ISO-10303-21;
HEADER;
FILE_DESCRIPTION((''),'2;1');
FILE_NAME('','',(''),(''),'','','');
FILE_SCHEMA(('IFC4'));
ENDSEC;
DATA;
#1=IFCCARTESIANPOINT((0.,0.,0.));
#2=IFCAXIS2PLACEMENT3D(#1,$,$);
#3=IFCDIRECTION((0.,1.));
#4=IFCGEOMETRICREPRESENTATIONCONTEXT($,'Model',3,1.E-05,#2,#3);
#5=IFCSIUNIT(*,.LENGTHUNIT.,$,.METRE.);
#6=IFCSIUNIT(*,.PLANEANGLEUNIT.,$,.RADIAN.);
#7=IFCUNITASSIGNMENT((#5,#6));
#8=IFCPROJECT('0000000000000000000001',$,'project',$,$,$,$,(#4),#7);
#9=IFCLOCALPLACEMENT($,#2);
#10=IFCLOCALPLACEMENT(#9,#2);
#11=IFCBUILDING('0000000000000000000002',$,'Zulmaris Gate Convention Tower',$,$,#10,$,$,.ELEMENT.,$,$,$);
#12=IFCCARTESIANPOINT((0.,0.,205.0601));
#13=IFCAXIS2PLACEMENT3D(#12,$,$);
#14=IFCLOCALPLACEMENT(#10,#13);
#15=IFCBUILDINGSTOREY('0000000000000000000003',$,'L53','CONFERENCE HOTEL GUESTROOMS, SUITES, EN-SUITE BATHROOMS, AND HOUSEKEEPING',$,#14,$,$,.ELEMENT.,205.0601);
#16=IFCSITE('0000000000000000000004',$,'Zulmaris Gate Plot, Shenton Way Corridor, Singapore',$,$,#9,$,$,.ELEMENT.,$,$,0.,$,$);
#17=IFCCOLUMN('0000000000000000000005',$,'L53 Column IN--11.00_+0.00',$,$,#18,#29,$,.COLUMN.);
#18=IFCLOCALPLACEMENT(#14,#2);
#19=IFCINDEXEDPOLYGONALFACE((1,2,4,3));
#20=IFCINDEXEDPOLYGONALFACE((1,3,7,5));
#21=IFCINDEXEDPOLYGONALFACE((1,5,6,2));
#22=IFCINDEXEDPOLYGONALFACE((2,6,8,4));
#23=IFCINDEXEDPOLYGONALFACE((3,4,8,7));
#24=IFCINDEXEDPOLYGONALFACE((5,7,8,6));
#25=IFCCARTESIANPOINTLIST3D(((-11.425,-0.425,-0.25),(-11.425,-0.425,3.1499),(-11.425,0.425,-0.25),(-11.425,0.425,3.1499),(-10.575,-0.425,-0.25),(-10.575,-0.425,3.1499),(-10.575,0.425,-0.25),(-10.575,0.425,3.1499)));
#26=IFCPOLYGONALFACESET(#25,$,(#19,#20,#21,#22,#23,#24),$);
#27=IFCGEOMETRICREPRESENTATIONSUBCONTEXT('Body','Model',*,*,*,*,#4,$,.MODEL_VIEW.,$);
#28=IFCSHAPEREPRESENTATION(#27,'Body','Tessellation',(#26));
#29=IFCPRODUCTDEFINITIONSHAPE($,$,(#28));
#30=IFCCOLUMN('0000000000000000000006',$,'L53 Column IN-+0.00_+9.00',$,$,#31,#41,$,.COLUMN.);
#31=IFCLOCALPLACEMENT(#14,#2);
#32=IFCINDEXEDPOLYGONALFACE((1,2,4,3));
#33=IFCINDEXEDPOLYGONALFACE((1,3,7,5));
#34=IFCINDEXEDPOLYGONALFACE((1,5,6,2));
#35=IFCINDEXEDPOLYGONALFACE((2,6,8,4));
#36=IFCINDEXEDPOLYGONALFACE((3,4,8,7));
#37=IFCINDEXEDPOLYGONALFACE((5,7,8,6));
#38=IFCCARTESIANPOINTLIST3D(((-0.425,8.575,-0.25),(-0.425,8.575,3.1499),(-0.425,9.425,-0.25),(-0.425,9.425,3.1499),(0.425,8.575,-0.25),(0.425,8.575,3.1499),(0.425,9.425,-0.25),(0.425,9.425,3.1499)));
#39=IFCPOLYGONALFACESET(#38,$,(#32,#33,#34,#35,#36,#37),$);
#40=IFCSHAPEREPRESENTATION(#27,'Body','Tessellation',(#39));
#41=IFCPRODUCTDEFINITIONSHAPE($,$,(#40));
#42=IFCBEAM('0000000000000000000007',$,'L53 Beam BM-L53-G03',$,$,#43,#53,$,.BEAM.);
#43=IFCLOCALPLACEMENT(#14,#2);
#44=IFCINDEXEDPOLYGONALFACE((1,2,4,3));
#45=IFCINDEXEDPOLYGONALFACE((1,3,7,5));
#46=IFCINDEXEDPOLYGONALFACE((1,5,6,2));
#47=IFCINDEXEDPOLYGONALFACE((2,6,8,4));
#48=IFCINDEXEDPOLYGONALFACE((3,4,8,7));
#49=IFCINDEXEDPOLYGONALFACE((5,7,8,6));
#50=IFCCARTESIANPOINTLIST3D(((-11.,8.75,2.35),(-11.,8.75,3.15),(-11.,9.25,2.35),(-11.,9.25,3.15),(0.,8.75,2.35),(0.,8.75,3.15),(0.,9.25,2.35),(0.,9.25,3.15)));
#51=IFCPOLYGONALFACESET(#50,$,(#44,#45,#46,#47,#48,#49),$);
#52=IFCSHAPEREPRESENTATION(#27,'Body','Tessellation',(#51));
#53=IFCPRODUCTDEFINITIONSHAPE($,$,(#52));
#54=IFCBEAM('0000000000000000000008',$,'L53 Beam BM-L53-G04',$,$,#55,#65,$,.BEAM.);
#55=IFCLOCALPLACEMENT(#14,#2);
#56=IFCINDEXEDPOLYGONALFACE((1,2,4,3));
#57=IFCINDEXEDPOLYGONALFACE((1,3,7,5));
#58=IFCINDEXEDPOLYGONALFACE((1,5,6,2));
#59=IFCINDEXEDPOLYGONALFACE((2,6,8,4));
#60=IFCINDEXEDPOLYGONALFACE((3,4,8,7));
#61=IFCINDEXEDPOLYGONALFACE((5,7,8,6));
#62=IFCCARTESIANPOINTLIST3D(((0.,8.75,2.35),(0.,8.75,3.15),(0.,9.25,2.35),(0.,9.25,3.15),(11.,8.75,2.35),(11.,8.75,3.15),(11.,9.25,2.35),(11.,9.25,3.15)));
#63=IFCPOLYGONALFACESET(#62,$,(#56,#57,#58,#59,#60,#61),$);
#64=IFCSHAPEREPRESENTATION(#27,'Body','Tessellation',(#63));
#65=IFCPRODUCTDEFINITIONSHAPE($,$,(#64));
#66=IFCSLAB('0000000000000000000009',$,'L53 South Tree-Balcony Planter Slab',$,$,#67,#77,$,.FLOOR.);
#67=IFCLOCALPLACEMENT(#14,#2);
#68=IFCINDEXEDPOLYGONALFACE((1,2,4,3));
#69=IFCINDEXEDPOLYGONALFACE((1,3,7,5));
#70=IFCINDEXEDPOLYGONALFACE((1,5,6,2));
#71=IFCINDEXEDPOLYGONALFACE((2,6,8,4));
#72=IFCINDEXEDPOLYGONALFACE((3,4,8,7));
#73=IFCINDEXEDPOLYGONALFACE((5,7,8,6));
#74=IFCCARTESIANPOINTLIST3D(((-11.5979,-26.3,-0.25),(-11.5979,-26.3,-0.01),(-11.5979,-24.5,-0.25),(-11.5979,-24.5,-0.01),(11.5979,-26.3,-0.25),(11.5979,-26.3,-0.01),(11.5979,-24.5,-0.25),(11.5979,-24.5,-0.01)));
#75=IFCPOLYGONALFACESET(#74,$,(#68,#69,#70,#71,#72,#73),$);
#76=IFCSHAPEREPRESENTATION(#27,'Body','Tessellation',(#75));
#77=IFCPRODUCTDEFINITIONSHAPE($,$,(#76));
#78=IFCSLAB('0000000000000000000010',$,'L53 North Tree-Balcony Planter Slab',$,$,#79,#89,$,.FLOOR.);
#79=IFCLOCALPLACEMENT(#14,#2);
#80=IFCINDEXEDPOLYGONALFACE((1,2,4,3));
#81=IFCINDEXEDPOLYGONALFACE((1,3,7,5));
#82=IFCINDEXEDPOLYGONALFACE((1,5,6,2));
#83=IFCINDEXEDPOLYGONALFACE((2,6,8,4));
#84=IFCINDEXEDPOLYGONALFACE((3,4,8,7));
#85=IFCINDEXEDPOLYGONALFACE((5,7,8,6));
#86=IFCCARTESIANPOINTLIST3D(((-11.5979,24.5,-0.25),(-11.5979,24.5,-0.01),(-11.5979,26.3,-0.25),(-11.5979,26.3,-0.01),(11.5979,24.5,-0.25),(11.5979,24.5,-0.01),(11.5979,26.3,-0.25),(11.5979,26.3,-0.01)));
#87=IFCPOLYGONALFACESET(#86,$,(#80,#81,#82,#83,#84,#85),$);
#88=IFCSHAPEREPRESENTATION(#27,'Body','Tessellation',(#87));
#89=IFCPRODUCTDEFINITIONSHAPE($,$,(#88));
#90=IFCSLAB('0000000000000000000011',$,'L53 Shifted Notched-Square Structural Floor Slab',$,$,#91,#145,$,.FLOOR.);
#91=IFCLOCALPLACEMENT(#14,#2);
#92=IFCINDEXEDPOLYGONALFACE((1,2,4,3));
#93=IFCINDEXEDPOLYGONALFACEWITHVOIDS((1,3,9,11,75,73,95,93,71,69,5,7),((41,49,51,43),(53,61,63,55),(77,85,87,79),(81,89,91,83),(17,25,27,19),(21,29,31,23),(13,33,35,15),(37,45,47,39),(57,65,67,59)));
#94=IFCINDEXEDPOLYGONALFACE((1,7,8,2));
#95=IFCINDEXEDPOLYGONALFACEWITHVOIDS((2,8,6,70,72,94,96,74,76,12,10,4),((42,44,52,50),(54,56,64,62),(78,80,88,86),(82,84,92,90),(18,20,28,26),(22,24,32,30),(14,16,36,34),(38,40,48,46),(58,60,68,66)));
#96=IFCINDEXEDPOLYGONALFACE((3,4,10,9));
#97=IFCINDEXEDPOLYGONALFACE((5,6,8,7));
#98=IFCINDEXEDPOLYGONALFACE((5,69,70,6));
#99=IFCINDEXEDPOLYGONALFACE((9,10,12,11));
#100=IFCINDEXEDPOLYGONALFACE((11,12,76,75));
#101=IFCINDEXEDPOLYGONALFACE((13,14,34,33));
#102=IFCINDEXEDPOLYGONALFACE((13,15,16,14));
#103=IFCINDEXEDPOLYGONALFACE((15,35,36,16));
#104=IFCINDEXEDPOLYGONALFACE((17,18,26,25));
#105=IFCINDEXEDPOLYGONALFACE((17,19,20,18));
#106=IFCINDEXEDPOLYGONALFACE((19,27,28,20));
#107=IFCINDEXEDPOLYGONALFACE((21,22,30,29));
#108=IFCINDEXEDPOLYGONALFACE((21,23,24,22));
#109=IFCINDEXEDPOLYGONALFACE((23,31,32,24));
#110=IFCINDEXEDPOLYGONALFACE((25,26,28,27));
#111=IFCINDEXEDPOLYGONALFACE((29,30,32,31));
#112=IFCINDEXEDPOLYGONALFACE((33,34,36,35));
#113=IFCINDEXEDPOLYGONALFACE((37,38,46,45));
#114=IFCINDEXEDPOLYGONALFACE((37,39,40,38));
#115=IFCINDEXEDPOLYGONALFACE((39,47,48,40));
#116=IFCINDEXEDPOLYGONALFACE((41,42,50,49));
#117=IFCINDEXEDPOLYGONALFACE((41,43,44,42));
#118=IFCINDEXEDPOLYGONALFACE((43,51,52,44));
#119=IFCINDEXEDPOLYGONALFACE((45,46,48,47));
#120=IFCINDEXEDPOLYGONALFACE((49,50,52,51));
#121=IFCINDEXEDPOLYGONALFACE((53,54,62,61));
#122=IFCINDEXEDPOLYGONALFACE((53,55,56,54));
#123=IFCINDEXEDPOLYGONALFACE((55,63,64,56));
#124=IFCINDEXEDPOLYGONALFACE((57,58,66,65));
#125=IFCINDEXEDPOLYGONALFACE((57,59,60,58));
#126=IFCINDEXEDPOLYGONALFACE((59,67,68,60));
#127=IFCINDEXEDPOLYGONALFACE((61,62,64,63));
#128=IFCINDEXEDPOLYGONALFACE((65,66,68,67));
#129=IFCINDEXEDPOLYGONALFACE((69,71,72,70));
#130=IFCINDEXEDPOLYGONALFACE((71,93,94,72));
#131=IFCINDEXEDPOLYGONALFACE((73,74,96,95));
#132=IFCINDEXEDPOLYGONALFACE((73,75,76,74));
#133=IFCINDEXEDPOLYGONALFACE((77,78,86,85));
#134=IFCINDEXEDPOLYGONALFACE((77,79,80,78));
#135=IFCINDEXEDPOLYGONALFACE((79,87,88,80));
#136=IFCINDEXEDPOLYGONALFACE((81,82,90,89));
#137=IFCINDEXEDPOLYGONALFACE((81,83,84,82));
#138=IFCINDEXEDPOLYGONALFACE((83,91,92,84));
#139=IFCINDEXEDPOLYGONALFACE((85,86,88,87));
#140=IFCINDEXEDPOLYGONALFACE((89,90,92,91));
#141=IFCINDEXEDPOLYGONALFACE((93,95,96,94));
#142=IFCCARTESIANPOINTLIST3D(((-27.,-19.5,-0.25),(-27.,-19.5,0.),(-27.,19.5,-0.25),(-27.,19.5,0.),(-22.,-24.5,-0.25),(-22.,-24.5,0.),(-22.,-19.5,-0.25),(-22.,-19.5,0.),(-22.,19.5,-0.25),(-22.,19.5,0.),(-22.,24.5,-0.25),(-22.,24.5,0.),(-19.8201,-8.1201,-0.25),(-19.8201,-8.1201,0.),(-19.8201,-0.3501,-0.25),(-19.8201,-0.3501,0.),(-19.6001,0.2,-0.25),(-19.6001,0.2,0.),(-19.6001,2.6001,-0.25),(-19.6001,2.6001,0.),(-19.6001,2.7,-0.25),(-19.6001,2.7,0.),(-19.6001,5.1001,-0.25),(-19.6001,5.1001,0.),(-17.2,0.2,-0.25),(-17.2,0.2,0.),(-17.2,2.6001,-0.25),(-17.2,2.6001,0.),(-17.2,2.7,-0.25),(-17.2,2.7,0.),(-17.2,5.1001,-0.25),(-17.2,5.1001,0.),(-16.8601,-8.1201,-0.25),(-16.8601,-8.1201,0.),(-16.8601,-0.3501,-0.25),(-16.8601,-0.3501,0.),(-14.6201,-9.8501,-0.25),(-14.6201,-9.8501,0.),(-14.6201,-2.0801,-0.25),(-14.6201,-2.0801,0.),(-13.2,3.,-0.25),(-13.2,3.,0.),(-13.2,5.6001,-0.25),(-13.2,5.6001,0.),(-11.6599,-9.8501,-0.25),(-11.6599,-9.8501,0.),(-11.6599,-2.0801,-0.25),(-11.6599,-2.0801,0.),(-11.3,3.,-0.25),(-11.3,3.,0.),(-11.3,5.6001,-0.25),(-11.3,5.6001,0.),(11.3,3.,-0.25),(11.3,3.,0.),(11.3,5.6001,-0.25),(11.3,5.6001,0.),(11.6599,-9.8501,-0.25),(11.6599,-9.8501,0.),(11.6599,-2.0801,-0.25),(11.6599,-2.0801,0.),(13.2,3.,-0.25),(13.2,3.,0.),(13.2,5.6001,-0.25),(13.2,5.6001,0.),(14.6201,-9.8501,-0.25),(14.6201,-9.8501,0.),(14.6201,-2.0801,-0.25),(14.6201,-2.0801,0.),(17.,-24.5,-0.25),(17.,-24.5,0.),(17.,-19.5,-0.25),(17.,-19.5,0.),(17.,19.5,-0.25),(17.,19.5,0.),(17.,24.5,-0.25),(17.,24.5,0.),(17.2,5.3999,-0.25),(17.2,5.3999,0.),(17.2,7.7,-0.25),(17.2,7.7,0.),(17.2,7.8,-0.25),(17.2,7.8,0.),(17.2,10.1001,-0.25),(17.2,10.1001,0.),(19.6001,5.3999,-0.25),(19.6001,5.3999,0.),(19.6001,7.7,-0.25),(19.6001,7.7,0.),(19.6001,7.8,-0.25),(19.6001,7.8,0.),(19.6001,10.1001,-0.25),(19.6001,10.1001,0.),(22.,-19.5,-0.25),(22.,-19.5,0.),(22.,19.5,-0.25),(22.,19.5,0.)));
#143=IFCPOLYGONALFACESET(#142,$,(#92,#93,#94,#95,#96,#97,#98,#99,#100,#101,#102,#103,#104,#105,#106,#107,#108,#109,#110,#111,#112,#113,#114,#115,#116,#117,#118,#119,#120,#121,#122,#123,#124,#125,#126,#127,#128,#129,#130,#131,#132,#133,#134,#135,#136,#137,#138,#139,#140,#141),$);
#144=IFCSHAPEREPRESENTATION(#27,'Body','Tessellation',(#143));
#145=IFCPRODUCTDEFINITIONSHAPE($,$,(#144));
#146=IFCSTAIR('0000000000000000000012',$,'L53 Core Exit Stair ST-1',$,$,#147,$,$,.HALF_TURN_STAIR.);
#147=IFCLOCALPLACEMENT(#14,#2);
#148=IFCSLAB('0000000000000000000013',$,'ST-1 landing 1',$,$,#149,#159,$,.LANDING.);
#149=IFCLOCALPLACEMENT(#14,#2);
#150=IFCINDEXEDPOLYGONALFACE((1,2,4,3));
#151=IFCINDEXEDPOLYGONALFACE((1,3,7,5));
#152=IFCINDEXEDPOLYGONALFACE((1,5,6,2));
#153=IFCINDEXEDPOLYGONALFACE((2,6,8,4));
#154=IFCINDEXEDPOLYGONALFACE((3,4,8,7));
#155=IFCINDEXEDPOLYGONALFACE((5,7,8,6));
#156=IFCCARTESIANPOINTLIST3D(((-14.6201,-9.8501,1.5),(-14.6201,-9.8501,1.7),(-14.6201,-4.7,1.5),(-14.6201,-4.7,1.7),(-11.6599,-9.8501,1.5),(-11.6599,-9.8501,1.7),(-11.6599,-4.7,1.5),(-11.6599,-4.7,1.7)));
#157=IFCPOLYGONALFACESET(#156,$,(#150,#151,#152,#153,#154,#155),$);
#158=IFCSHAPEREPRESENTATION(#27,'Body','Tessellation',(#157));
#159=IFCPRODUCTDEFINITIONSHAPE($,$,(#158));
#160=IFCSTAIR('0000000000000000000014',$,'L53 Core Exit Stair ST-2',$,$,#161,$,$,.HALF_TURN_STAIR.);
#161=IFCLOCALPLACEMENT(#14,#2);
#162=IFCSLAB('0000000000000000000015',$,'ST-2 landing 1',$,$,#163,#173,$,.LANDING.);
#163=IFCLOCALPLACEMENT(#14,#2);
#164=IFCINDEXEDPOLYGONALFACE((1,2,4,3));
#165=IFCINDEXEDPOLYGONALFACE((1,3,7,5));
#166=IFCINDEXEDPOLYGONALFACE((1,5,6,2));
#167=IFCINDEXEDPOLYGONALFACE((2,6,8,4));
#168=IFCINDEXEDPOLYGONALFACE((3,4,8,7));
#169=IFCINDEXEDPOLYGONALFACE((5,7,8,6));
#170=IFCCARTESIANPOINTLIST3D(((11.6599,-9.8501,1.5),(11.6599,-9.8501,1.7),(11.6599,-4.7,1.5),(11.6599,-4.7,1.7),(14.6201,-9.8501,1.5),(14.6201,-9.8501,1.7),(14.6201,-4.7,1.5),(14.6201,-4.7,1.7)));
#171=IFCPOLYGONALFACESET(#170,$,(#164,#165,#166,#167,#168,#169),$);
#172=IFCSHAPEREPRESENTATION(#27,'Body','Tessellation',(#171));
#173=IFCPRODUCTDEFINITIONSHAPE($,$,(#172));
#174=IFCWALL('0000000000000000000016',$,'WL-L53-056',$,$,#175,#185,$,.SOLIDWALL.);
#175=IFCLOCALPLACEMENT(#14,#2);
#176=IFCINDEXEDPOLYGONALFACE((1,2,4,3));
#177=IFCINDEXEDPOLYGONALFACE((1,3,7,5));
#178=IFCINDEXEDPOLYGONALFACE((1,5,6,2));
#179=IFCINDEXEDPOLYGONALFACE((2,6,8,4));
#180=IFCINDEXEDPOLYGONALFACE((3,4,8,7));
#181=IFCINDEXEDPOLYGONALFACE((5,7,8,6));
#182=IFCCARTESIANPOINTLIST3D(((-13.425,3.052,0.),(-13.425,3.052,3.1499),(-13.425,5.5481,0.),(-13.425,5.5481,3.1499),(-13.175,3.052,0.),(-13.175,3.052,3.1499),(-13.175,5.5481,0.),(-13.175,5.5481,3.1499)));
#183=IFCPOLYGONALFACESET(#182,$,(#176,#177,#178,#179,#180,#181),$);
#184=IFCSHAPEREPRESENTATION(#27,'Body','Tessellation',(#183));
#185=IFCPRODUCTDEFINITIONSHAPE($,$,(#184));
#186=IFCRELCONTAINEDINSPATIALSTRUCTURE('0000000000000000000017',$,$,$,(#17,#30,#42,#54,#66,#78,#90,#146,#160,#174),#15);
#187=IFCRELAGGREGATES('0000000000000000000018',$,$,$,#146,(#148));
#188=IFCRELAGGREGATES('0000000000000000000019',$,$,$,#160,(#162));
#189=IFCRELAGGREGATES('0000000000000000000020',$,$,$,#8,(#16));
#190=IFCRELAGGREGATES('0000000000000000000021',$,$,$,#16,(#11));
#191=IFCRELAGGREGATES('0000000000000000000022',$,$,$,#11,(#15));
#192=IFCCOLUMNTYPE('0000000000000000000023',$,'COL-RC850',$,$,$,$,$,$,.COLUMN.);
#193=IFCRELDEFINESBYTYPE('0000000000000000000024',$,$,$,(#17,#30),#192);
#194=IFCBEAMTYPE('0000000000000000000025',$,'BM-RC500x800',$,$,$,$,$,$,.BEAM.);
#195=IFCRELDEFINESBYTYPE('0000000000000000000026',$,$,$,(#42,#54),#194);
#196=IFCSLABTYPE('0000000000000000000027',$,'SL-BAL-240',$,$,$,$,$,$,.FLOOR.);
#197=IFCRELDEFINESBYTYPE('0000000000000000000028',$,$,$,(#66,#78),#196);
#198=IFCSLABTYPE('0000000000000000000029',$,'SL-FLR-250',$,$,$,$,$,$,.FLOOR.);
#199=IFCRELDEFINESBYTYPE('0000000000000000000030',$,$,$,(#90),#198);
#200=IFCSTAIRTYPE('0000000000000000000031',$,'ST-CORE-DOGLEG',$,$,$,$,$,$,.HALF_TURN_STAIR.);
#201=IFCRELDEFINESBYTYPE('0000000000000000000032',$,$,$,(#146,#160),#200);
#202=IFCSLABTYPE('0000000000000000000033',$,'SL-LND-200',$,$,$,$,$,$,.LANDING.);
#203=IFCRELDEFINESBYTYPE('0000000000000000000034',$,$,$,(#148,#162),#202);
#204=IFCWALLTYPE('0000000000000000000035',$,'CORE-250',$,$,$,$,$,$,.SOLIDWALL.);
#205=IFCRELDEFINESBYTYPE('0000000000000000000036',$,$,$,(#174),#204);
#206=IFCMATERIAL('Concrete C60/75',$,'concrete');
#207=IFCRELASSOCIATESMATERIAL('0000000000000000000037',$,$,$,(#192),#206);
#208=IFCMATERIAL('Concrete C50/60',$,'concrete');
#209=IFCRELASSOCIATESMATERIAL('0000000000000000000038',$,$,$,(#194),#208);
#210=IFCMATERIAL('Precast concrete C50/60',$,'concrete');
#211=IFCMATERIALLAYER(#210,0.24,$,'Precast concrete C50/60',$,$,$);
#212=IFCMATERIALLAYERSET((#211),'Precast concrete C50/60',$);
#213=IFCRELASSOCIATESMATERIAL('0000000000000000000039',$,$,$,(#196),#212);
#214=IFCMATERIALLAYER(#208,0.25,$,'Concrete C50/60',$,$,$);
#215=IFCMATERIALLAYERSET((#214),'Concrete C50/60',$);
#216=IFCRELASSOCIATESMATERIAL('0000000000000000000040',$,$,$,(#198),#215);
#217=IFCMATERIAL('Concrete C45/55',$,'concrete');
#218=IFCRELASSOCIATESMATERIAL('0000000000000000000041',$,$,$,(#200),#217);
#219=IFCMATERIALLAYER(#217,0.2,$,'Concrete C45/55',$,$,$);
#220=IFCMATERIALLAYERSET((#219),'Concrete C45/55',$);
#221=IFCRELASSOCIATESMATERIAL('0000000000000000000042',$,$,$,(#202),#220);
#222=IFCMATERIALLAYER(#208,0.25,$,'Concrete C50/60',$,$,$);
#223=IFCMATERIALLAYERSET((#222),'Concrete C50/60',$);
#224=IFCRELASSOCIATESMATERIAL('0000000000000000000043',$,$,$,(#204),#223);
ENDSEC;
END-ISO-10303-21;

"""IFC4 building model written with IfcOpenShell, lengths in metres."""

from ifc_helpers import new_model, si_unit, direction, frame, frame_2d, origin, origin_2d, place, context, subcontext, project, spatial, polyline, rectangle, outline, extrude, material, layer, layer_set, material_profile, profile_set, type_object, element, aggregate, save


model = new_model("IFC4")

# Units and contexts
model_context = context("Model", 3, precision=1e-05, world=origin(), true_north=direction((0.0, 1.0)))
body_context = subcontext(model_context, "Body", "Model", "MODEL_VIEW")
ifc_project = project(units=[si_unit("LENGTHUNIT", "METRE"), si_unit("PLANEANGLEUNIT", "RADIAN")], contexts=[model_context])

# Site, building, storey
site_placement = place(None, origin())
site = spatial("IfcSite", under=ifc_project, at=site_placement, Name="Zulmaris Gate Plot, Shenton Way Corridor, Singapore", CompositionType="ELEMENT", RefElevation=0.0)
building_placement = place(site_placement, origin())
building = spatial("IfcBuilding", under=site, at=building_placement, Name="Zulmaris Gate Convention Tower", CompositionType="ELEMENT")
storey_placement = place(building_placement, frame((0.0, 0.0, 205.0601)))
storey = spatial("IfcBuildingStorey", under=building, at=storey_placement, Name="L53", Description="CONFERENCE HOTEL GUESTROOMS, SUITES, EN-SUITE BATHROOMS, AND HOUSEKEEPING", CompositionType="ELEMENT", Elevation=205.0601)

# Columns
ifc_material_1 = material(Name="Concrete C60/75", Category="concrete")
ifc_material_profile_1 = material_profile(ifc_material_1, rectangle(XDim=0.8501, YDim=0.8501, at=origin_2d()), Name="RC COL 850x850")
ifc_profile_set_1 = profile_set([ifc_material_profile_1], Name="Concrete C60/75")
column_type = type_object("IfcColumnType", Name="COL-RC850", PredefinedType="COLUMN", material=ifc_profile_set_1)
for number, where, z_axis, x_axis, name in (
    (1, (-11.0, 0.0, -0.25), (0.0, 0.0, 1.0), (1.0, 0.0, 0.0), "L53 Column IN--11.00_+0.00"),
    (2, (0.0, 9.0, -0.25), (0.0, 0.0, 1.0), (1.0, 0.0, 0.0), "L53 Column IN-+0.00_+9.00"),
):
    element("IfcColumn", number, at=place(storey_placement, frame(where, z_axis=z_axis, x_axis=x_axis)), inside=storey, type_object=column_type, Name=name, PredefinedType="COLUMN", context=body_context, shape_type="SweptSolid", body=[
        extrude(rectangle(XDim=0.8501, YDim=0.8501, at=origin_2d()), origin(), (0.0, 0.0, 1.0), 3.3999),
    ])

# Beams
ifc_material_2 = material(Name="Concrete C50/60", Category="concrete")
ifc_material_profile_2 = material_profile(ifc_material_2, rectangle(XDim=0.5, YDim=0.8, at=origin_2d()), Name="RC BEAM 500x800")
ifc_profile_set_2 = profile_set([ifc_material_profile_2], Name="Concrete C50/60")
beam_type = type_object("IfcBeamType", Name="BM-RC500x800", PredefinedType="BEAM", material=ifc_profile_set_2)
for number, where, z_axis, x_axis, name in (
    (3, (-11.0, 9.0, 2.75), (1.0, 0.0, 0.0), (0.0, 1.0, 0.0), "L53 Beam BM-L53-G03"),
    (4, (0.0, 9.0, 2.75), (1.0, 0.0, 0.0), (0.0, 1.0, 0.0), "L53 Beam BM-L53-G04"),
):
    element("IfcBeam", number, at=place(storey_placement, frame(where, z_axis=z_axis, x_axis=x_axis)), inside=storey, type_object=beam_type, Name=name, PredefinedType="BEAM", context=body_context, shape_type="SweptSolid", body=[
        extrude(rectangle(XDim=0.5, YDim=0.8, at=origin_2d()), origin(), (0.0, 0.0, 1.0), 11.0),
    ])

# Slabs
ifc_material_3 = material(Name="Precast concrete C50/60", Category="concrete")
ifc_layer_1 = layer(ifc_material_3, 0.24, Name="Precast concrete C50/60")
ifc_layer_set_1 = layer_set([ifc_layer_1], Name="Precast concrete C50/60")
slab_type_1 = type_object("IfcSlabType", Name="SL-BAL-240", PredefinedType="FLOOR", material=ifc_layer_set_1)
slab_1_placement = place(storey_placement, frame((0.0, 0.0, -0.25)))
element("IfcSlab", 5, at=slab_1_placement, inside=storey, type_object=slab_type_1, Name="L53 South Tree-Balcony Planter Slab", PredefinedType="FLOOR", context=body_context, shape_type="SweptSolid", body=[
    extrude(outline(polyline([(-11.5979, -26.3), (-11.5979, -24.5), (11.5979, -24.5), (11.5979, -26.3), (-11.5979, -26.3)])), origin(), (0.0, 0.0, 1.0), 0.24),
])
slab_2_placement = place(storey_placement, frame((0.0, 0.0, -0.25)))
element("IfcSlab", 6, at=slab_2_placement, inside=storey, type_object=slab_type_1, Name="L53 North Tree-Balcony Planter Slab", PredefinedType="FLOOR", context=body_context, shape_type="SweptSolid", body=[
    extrude(outline(polyline([(11.5979, 26.3), (11.5979, 24.5), (-11.5979, 24.5), (-11.5979, 26.3), (11.5979, 26.3)])), origin(), (0.0, 0.0, 1.0), 0.24),
])
ifc_layer_2 = layer(ifc_material_2, 0.25, Name="Concrete C50/60")
ifc_layer_set_2 = layer_set([ifc_layer_2], Name="Concrete C50/60")
slab_type_2 = type_object("IfcSlabType", Name="SL-FLR-250", PredefinedType="FLOOR", material=ifc_layer_set_2)
slab_3_placement = place(storey_placement, frame((0.0, 0.0, -0.25)))
element("IfcSlab", 7, at=slab_3_placement, inside=storey, type_object=slab_type_2, Name="L53 Shifted Notched-Square Structural Floor Slab", PredefinedType="FLOOR", context=body_context, shape_type="SweptSolid", body=[
    extrude(outline(polyline([(-22.0, -24.5), (17.0, -24.5), (17.0, -19.5), (22.0, -19.5), (22.0, 19.5), (17.0, 19.5), (17.0, 24.5), (-22.0, 24.5), (-22.0, 19.5), (-27.0, 19.5), (-27.0, -19.5), (-22.0, -19.5), (-22.0, -24.5)]), holes=[polyline([(-14.6201, -2.0801), (-14.6201, -9.8501), (-11.6599, -9.8501), (-11.6599, -2.0801), (-14.6201, -2.0801)]), polyline([(11.6599, -2.0801), (11.6599, -9.8501), (14.6201, -9.8501), (14.6201, -2.0801), (11.6599, -2.0801)]), polyline([(-16.8601, -8.1201), (-16.8601, -0.3501), (-19.8201, -0.3501), (-19.8201, -8.1201), (-16.8601, -8.1201)]), polyline([(-13.2, 3.0), (-11.3, 3.0), (-11.3, 5.6001), (-13.2, 5.6001), (-13.2, 3.0)]), polyline([(11.3, 3.0), (13.2, 3.0), (13.2, 5.6001), (11.3, 5.6001), (11.3, 3.0)]), polyline([(17.2, 5.3999), (19.6001, 5.3999), (19.6001, 7.7), (17.2, 7.7), (17.2, 5.3999)]), polyline([(17.2, 7.8), (19.6001, 7.8), (19.6001, 10.1001), (17.2, 10.1001), (17.2, 7.8)]), polyline([(-19.6001, 0.2), (-17.2, 0.2), (-17.2, 2.6001), (-19.6001, 2.6001), (-19.6001, 0.2)]), polyline([(-19.6001, 2.7), (-17.2, 2.7), (-17.2, 5.1001), (-19.6001, 5.1001), (-19.6001, 2.7)])]), origin(), (0.0, 0.0, 1.0), 0.25),
])

# Stairs, slabs
ifc_material_4 = material(Name="Concrete C45/55", Category="concrete")
stair_type = type_object("IfcStairType", Name="ST-CORE-DOGLEG", PredefinedType="HALF_TURN_STAIR", material=ifc_material_4)
stair_1_placement = place(storey_placement, origin())
stair_1 = element("IfcStair", 8, at=stair_1_placement, inside=storey, type_object=stair_type, Name="L53 Core Exit Stair ST-1", PredefinedType="HALF_TURN_STAIR")
ifc_layer_3 = layer(ifc_material_4, 0.2, Name="Concrete C45/55")
ifc_layer_set_3 = layer_set([ifc_layer_3], Name="Concrete C45/55")
slab_type_3 = type_object("IfcSlabType", Name="SL-LND-200", PredefinedType="LANDING", material=ifc_layer_set_3)
slab_4_placement = place(storey_placement, frame((0.0, 0.0, 1.5)))
slab_4 = element("IfcSlab", 9, at=slab_4_placement, type_object=slab_type_3, Name="ST-1 landing 1", PredefinedType="LANDING", context=body_context, shape_type="SweptSolid", body=[
    extrude(outline(polyline([(-14.6201, -4.7), (-14.6201, -9.8501), (-11.6599, -9.8501), (-11.6599, -4.7), (-14.6201, -4.7)])), origin(), (0.0, 0.0, 1.0), 0.2),
])
aggregate(stair_1, [slab_4])
stair_2_placement = place(storey_placement, origin())
stair_2 = element("IfcStair", 10, at=stair_2_placement, inside=storey, type_object=stair_type, Name="L53 Core Exit Stair ST-2", PredefinedType="HALF_TURN_STAIR")
slab_5_placement = place(storey_placement, frame((0.0, 0.0, 1.5)))
slab_5 = element("IfcSlab", 11, at=slab_5_placement, type_object=slab_type_3, Name="ST-2 landing 1", PredefinedType="LANDING", context=body_context, shape_type="SweptSolid", body=[
    extrude(outline(polyline([(11.6599, -4.7), (11.6599, -9.8501), (14.6201, -9.8501), (14.6201, -4.7), (11.6599, -4.7)])), origin(), (0.0, 0.0, 1.0), 0.2),
])
aggregate(stair_2, [slab_5])

# Wall
ifc_layer_4 = layer(ifc_material_2, 0.25, Name="Concrete C50/60")
ifc_layer_set_4 = layer_set([ifc_layer_4], Name="Concrete C50/60")
wall_type_1 = type_object("IfcWallType", Name="CORE-250", PredefinedType="SOLIDWALL", material=ifc_layer_set_4)
wall_1_placement = place(storey_placement, frame((-13.3, 3.052, 0.0), z_axis=(0.0, 0.0, 1.0), x_axis=(0.0, 1.0, 0.0)))
element("IfcWall", 12, at=wall_1_placement, inside=storey, type_object=wall_type_1, Name="WL-L53-056", PredefinedType="SOLIDWALL", context=body_context, shape_type="SweptSolid", body=[
    extrude(rectangle(XDim=2.4961, YDim=0.25, at=frame_2d((1.248, 0.0))), origin(), (0.0, 0.0, 1.0), 3.1499),
])

save(model, "model.ifc")
